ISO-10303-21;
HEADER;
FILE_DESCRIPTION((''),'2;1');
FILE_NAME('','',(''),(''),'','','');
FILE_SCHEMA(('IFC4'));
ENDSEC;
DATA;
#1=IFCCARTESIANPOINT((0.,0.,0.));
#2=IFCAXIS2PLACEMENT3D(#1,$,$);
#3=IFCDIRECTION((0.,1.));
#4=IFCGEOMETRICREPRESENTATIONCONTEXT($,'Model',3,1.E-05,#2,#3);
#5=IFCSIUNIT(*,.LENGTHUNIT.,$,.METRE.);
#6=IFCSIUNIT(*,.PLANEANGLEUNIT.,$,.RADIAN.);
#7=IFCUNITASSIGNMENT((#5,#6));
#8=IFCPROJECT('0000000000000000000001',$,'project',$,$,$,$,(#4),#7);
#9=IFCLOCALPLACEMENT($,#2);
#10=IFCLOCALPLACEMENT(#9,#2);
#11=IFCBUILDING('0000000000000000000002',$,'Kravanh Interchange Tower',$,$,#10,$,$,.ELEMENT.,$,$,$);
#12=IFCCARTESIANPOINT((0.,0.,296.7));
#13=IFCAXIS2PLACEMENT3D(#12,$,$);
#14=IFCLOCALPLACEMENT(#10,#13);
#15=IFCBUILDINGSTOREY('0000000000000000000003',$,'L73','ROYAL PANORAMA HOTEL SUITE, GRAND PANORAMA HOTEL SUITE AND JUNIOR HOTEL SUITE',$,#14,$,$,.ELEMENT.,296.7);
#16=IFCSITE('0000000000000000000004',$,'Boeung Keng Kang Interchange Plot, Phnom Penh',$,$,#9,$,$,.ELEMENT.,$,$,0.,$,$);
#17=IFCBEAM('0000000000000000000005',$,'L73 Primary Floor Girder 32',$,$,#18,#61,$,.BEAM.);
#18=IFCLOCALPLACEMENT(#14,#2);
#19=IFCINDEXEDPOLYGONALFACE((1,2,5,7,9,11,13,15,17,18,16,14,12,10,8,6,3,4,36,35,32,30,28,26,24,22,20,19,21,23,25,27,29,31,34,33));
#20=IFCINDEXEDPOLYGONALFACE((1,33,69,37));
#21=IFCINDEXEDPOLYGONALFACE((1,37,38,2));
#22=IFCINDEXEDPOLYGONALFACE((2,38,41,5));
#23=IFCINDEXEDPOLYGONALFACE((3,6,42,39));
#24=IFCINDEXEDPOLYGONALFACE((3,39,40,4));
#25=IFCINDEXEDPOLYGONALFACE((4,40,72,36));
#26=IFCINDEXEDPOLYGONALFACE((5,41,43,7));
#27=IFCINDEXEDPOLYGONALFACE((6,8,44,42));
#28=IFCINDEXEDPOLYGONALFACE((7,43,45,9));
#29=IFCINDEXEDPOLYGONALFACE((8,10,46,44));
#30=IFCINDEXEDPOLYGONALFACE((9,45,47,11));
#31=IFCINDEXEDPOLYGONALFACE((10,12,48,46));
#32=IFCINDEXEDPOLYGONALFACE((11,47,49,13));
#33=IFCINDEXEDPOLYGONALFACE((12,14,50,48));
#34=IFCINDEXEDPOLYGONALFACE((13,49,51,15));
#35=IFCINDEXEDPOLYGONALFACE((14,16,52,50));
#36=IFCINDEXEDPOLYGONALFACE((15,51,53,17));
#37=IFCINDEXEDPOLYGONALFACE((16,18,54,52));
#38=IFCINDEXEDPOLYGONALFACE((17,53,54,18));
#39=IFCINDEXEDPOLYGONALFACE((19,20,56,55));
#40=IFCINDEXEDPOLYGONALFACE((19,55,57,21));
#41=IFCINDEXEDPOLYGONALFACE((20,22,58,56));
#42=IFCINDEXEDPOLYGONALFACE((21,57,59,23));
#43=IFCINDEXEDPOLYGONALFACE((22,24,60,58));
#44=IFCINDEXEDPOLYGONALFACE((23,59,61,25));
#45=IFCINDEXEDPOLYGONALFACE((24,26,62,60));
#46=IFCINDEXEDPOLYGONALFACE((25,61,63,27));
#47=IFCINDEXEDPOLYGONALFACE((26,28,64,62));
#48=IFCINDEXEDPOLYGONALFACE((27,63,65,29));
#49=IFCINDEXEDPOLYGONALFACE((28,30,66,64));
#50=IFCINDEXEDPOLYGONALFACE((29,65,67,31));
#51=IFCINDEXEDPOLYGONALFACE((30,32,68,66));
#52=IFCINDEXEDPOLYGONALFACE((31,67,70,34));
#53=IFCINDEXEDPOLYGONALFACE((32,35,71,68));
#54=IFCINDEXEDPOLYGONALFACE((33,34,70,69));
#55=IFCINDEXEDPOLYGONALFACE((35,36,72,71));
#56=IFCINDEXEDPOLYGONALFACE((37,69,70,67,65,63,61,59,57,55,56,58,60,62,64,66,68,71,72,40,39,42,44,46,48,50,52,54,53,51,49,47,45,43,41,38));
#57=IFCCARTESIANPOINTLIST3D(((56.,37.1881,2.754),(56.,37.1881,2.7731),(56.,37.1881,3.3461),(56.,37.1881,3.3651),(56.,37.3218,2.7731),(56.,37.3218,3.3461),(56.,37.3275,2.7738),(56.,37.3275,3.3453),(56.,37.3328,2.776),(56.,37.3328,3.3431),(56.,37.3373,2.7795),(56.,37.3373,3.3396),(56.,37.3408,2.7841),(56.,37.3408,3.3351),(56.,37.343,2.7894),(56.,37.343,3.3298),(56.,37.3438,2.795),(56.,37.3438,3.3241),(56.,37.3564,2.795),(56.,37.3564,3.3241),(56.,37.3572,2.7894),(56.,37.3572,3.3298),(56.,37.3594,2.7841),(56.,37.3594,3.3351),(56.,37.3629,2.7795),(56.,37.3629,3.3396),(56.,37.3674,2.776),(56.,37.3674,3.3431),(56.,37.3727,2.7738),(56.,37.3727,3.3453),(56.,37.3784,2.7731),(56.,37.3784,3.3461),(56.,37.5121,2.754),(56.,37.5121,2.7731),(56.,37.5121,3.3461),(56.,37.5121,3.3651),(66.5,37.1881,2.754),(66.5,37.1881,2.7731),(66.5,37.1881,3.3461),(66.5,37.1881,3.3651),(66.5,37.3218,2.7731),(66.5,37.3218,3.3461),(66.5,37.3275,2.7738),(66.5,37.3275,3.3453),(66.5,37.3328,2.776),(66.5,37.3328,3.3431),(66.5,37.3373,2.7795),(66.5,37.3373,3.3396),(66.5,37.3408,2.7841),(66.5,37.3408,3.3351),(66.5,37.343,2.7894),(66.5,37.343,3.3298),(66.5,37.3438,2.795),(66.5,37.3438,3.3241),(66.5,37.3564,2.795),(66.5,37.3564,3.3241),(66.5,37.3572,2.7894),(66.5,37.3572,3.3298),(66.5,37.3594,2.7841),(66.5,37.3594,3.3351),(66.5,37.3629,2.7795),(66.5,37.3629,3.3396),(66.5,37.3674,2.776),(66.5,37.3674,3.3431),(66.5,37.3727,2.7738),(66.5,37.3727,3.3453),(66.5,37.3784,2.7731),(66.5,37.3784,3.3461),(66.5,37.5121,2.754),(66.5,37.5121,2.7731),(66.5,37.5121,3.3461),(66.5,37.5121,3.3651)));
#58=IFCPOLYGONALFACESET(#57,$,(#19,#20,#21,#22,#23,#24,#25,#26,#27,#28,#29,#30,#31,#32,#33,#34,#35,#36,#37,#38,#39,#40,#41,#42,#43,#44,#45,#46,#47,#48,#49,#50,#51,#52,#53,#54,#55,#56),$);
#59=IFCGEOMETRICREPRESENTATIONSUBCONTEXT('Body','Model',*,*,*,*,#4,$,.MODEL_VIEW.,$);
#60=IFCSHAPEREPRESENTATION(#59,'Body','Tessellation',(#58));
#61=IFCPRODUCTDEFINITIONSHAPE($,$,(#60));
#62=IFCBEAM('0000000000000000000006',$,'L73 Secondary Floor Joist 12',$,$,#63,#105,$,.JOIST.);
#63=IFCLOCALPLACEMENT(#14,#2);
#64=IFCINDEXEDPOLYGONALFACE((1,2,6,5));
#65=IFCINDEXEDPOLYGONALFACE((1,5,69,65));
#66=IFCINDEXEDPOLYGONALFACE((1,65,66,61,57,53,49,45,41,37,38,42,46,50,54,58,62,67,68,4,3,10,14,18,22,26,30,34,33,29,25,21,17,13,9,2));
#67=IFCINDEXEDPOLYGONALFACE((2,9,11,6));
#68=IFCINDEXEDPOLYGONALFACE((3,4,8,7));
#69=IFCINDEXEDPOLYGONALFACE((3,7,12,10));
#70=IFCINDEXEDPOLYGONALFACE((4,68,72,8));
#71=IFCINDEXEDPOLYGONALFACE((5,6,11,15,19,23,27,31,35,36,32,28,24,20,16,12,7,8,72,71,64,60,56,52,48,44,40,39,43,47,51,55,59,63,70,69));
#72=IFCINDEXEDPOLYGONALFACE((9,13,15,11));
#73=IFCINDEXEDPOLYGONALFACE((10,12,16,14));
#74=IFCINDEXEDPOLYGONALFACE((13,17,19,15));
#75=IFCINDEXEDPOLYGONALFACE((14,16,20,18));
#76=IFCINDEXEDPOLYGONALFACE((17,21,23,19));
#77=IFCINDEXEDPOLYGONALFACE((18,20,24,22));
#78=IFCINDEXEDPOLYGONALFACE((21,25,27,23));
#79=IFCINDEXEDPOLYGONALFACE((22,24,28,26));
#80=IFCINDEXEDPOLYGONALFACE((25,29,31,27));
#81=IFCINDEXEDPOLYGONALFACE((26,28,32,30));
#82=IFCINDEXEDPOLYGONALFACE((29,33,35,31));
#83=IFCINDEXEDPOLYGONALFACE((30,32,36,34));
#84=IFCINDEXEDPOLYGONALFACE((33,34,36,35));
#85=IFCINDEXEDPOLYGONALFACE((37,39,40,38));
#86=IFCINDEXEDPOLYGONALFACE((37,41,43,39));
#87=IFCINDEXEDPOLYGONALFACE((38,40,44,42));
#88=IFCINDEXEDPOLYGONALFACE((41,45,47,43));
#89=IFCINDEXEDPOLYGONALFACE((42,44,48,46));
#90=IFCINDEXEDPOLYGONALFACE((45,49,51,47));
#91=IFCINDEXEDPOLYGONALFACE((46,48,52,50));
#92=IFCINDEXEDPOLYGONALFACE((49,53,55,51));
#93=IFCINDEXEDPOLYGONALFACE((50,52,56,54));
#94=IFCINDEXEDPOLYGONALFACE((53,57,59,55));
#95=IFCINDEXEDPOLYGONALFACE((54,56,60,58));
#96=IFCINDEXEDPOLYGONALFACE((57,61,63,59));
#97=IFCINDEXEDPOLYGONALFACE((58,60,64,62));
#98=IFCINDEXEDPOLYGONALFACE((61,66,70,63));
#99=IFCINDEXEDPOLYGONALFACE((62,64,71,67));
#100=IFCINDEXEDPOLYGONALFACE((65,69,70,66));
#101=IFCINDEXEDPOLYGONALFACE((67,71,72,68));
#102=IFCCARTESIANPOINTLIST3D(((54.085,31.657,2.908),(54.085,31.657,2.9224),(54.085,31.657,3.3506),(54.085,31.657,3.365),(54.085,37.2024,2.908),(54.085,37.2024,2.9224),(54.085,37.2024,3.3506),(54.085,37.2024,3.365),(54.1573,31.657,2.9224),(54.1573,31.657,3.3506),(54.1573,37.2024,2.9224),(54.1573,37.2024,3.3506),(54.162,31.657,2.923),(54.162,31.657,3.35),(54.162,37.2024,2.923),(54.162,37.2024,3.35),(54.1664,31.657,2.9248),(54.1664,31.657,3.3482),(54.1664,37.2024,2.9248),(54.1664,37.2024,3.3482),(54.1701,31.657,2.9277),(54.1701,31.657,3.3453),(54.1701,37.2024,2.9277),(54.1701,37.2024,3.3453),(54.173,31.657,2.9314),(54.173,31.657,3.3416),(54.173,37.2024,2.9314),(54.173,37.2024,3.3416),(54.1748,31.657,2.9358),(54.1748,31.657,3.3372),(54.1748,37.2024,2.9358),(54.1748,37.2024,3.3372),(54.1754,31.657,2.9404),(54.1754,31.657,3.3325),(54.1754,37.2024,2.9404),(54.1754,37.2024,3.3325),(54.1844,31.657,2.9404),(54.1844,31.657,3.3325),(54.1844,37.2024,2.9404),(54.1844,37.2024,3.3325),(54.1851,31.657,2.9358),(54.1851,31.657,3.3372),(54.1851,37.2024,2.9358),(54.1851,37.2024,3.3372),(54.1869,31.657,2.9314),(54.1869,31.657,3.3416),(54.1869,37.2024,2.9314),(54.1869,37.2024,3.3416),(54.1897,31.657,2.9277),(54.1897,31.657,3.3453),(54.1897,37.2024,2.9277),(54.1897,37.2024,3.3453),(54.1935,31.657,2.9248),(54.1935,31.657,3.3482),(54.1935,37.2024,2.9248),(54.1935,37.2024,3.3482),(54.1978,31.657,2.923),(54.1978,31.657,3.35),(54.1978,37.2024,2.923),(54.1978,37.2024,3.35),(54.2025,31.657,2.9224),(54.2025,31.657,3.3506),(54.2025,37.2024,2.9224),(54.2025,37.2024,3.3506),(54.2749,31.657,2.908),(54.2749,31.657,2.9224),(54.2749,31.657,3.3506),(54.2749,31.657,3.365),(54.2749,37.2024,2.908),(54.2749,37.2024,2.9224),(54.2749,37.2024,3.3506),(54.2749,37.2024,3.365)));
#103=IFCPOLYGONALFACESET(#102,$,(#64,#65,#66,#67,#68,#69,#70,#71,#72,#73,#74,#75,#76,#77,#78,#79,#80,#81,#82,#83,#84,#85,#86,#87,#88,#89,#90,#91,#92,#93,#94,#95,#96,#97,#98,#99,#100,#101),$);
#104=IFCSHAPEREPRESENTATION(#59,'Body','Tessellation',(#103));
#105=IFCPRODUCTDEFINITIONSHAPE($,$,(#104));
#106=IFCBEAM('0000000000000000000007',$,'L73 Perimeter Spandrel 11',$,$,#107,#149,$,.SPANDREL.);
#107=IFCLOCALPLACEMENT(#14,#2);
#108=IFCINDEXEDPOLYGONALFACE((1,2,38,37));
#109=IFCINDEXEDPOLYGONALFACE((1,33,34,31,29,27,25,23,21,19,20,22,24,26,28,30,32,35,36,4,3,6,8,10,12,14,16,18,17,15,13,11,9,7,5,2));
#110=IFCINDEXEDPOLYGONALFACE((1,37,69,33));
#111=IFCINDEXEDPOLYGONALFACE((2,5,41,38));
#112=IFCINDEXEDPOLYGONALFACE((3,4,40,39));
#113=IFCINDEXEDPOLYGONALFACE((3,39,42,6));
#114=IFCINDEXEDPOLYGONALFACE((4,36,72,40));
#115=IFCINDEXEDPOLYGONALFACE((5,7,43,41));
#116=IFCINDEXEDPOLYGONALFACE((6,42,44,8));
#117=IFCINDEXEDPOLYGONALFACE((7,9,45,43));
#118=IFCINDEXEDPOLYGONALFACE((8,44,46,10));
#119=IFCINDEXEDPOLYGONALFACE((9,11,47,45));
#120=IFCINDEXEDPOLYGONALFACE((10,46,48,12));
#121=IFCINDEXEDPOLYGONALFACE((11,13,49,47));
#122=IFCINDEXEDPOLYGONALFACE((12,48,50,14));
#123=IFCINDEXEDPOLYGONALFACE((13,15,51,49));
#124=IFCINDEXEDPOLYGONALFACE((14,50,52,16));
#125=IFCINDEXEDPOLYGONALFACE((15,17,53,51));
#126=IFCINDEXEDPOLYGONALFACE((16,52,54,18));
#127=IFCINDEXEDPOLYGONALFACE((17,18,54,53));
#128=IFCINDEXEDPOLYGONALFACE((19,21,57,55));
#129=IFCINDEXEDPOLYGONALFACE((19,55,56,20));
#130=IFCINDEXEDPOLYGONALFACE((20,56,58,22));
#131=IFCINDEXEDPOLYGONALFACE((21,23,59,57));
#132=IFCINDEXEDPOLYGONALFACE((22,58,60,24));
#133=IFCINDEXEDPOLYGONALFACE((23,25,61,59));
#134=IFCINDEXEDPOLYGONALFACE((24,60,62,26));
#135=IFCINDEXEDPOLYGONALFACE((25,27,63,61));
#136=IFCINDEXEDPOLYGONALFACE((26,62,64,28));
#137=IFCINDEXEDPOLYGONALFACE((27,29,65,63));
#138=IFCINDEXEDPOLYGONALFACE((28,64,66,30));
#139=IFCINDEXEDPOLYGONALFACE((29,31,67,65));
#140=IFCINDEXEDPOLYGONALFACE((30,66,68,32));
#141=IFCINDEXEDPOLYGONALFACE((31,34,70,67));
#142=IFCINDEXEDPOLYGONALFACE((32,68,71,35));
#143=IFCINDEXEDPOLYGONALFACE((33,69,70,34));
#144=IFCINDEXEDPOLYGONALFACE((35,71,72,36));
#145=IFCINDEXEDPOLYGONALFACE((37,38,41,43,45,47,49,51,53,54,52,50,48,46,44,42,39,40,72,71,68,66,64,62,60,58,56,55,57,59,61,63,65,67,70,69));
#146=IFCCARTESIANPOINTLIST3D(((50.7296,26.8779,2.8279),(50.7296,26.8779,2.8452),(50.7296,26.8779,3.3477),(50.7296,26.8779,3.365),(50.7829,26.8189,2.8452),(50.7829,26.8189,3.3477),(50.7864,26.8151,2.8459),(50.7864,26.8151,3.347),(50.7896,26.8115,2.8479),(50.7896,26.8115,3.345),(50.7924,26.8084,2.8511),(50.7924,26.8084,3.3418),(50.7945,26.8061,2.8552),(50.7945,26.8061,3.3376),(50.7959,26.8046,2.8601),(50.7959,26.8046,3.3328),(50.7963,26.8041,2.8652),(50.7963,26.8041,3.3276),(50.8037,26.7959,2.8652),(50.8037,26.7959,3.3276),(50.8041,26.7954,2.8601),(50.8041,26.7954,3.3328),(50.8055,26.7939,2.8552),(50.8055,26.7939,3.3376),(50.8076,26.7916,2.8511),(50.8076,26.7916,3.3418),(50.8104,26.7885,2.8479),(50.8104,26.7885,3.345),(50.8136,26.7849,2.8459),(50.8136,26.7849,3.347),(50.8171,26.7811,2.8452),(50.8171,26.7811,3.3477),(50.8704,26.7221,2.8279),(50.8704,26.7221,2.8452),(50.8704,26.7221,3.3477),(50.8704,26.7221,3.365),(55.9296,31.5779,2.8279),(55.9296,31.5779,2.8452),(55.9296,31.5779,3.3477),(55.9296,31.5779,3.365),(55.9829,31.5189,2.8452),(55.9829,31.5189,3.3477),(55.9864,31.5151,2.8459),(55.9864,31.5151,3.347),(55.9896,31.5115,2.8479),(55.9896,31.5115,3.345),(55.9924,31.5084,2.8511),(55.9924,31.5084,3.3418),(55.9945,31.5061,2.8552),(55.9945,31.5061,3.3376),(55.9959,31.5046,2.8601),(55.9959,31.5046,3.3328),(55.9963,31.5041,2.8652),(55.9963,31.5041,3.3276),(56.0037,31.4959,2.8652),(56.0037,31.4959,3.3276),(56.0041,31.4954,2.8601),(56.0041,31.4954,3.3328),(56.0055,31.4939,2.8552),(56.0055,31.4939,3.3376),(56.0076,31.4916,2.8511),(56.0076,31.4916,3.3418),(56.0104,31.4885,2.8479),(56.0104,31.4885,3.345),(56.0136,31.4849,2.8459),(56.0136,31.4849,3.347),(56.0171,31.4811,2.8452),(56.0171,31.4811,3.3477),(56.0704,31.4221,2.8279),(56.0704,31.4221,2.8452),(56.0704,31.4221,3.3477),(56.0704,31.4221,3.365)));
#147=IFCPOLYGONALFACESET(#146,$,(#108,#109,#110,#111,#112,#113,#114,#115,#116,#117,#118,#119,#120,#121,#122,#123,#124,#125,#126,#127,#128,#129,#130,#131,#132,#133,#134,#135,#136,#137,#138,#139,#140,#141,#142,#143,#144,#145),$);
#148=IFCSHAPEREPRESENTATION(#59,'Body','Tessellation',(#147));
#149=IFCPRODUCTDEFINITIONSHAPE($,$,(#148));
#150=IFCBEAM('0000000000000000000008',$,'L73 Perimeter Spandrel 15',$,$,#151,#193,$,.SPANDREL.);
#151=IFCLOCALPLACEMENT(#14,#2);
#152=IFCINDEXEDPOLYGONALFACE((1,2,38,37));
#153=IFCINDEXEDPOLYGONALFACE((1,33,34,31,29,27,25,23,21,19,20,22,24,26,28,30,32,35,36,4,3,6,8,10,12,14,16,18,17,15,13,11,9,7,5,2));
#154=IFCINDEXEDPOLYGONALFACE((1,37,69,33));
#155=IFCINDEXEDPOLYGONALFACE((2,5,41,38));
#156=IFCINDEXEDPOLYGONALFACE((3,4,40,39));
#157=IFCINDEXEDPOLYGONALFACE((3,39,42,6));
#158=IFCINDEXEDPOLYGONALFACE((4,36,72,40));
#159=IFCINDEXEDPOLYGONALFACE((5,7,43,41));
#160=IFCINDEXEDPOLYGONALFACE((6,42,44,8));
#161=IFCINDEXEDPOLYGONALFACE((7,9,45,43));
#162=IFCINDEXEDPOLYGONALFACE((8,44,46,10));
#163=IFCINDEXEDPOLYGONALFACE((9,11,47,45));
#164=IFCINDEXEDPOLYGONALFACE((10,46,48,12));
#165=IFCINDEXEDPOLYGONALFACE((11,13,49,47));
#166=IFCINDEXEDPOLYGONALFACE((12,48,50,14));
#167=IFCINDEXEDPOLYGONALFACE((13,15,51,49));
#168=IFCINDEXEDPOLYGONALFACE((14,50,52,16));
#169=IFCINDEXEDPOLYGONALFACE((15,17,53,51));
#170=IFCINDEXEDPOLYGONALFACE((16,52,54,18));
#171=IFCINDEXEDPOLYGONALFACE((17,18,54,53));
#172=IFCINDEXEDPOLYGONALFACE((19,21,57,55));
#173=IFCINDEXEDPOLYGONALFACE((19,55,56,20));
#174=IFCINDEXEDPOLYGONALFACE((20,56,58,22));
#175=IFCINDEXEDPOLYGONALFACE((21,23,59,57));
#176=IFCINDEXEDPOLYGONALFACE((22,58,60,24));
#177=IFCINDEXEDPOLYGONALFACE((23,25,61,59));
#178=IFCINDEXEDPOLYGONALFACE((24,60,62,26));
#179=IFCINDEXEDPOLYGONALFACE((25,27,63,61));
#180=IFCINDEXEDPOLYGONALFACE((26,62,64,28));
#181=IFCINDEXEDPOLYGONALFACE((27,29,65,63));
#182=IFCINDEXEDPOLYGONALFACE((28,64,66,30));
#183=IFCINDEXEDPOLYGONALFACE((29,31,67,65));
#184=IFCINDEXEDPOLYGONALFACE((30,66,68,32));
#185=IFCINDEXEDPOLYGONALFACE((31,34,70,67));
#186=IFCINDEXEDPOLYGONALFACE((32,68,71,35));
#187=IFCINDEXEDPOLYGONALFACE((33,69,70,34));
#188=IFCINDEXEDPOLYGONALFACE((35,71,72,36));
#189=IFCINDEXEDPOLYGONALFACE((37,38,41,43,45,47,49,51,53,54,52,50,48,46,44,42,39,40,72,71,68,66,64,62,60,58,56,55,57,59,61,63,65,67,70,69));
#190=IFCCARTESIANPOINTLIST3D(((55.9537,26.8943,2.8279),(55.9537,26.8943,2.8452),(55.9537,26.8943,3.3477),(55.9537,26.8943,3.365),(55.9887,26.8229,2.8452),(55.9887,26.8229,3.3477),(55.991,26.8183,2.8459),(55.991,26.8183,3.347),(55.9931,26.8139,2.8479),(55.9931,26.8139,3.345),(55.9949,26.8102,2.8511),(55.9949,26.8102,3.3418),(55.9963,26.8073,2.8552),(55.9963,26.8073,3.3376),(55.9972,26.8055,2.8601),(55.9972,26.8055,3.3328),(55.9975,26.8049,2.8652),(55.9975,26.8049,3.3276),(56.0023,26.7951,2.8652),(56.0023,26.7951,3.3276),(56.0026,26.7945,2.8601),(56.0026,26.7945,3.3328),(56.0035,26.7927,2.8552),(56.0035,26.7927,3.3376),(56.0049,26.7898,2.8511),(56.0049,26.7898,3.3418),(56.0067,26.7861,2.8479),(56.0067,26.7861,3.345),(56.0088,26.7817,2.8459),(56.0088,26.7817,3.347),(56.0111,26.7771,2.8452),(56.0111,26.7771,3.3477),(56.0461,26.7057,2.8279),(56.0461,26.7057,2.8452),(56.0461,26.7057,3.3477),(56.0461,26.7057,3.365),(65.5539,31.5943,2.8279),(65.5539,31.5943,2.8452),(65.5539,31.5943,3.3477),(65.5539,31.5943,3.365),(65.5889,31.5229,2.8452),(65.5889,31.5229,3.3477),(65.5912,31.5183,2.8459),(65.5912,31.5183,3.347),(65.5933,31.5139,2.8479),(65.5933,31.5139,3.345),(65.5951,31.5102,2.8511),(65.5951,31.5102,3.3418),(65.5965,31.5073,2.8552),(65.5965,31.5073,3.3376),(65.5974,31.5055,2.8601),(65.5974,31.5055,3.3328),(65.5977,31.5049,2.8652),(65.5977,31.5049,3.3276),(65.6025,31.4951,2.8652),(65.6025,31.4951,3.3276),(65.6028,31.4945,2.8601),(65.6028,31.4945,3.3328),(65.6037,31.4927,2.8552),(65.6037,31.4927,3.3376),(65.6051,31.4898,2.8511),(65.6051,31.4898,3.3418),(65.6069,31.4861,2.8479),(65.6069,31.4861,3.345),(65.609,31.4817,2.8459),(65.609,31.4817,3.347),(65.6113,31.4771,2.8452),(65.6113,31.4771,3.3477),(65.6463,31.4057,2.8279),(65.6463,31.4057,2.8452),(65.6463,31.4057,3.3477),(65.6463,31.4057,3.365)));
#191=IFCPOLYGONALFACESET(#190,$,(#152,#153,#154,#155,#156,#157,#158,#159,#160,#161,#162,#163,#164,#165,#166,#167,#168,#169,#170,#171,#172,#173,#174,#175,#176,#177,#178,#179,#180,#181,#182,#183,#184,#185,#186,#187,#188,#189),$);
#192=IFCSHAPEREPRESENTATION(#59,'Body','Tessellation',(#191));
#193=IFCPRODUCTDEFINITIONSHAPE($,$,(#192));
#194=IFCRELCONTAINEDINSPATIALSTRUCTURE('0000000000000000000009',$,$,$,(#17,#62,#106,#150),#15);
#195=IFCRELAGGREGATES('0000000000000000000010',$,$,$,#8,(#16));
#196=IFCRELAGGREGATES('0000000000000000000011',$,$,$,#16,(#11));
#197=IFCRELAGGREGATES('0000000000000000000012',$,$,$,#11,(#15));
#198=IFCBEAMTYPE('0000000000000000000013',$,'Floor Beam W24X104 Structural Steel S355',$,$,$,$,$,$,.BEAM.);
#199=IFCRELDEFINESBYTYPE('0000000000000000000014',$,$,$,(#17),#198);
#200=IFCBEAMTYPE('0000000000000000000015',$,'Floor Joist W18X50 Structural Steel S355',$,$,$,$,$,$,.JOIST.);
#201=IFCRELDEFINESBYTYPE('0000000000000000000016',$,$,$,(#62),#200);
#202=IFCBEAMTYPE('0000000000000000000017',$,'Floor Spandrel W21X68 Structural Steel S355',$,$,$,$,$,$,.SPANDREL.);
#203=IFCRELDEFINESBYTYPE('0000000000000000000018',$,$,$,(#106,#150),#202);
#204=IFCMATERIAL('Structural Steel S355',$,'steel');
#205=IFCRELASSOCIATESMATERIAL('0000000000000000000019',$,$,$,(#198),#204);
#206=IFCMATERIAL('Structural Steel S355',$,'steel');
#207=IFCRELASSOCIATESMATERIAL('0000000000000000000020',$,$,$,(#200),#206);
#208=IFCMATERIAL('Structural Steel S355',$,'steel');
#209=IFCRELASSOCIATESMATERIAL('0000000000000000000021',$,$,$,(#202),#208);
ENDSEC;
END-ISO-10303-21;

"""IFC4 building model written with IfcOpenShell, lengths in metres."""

from ifc_helpers import new_model, si_unit, direction, frame, origin, origin_2d, place, context, subcontext, project, spatial, i_section, extrude, material, material_profile, profile_set, type_object, element, save


model = new_model("IFC4")

# Units and contexts
model_context = context("Model", 3, precision=1e-05, world=origin(), true_north=direction((0.0, 1.0)))
body_context = subcontext(model_context, "Body", "Model", "MODEL_VIEW")
ifc_project = project(units=[si_unit("LENGTHUNIT", "METRE"), si_unit("PLANEANGLEUNIT", "RADIAN")], contexts=[model_context])

# Site, building, storey
site_placement = place(None, origin())
site = spatial("IfcSite", under=ifc_project, at=site_placement, Name="Boeung Keng Kang Interchange Plot, Phnom Penh", CompositionType="ELEMENT", RefElevation=0.0)
building_placement = place(site_placement, origin())
building = spatial("IfcBuilding", under=site, at=building_placement, Name="Kravanh Interchange Tower", CompositionType="ELEMENT")
storey_placement = place(building_placement, frame((0.0, 0.0, 296.7)))
storey = spatial("IfcBuildingStorey", under=building, at=storey_placement, Name="L73", Description="ROYAL PANORAMA HOTEL SUITE, GRAND PANORAMA HOTEL SUITE AND JUNIOR HOTEL SUITE", CompositionType="ELEMENT", Elevation=296.7)

# Beams
ifc_material_1 = material(Name="Structural Steel S355", Category="steel")
ifc_material_profile_1 = material_profile(ifc_material_1, i_section(OverallWidth=0.324, OverallDepth=0.6111, WebThickness=0.0127, FlangeThickness=0.019, FilletRadius=0.022, at=origin_2d()), Name="W24X104")
ifc_profile_set_1 = profile_set([ifc_material_profile_1], Name="Structural Steel S355")
beam_type_1 = type_object("IfcBeamType", Name="Floor Beam W24X104 Structural Steel S355", PredefinedType="BEAM", material=ifc_profile_set_1)
beam_1_placement = place(storey_placement, frame((66.5, 37.3501, 3.0596), z_axis=(-1.0, 0.0, 0.0), x_axis=(0.0, -1.0, 0.0)))
element("IfcBeam", 1, at=beam_1_placement, inside=storey, type_object=beam_type_1, Name="L73 Primary Floor Girder 32", PredefinedType="BEAM", context=body_context, shape_type="SweptSolid", body=[
    extrude(i_section(OverallWidth=0.324, OverallDepth=0.6111, WebThickness=0.0127, FlangeThickness=0.019, FilletRadius=0.022, at=origin_2d()), origin(), (0.0, 0.0, 1.0), 10.5),
])
ifc_material_2 = material(Name="Structural Steel S355", Category="steel")
ifc_material_profile_2 = material_profile(ifc_material_2, i_section(OverallWidth=0.1899, OverallDepth=0.457, WebThickness=0.009, FlangeThickness=0.0144, FilletRadius=0.0181, at=origin_2d()), Name="W18X50")
ifc_profile_set_2 = profile_set([ifc_material_profile_2], Name="Structural Steel S355")
beam_type_2 = type_object("IfcBeamType", Name="Floor Joist W18X50 Structural Steel S355", PredefinedType="JOIST", material=ifc_profile_set_2)
beam_2_placement = place(storey_placement, frame((54.1799, 31.657, 3.1365), z_axis=(0.0, 1.0, 0.0), x_axis=(-1.0, 0.0, 0.0)))
element("IfcBeam", 2, at=beam_2_placement, inside=storey, type_object=beam_type_2, Name="L73 Secondary Floor Joist 12", PredefinedType="JOIST", context=body_context, shape_type="SweptSolid", body=[
    extrude(i_section(OverallWidth=0.1899, OverallDepth=0.457, WebThickness=0.009, FlangeThickness=0.0144, FilletRadius=0.0181, at=origin_2d()), origin(), (0.0, 0.0, 1.0), 5.5454),
])
ifc_material_3 = material(Name="Structural Steel S355", Category="steel")
ifc_material_profile_3 = material_profile(ifc_material_3, i_section(OverallWidth=0.21, OverallDepth=0.5371, WebThickness=0.011, FlangeThickness=0.0173, FilletRadius=0.02, at=origin_2d()), Name="W21X68")
ifc_profile_set_3 = profile_set([ifc_material_profile_3], Name="Structural Steel S355")
beam_type_3 = type_object("IfcBeamType", Name="Floor Spandrel W21X68 Structural Steel S355", PredefinedType="SPANDREL", material=ifc_profile_set_3)
beam_3_placement = place(storey_placement, frame((56.0, 31.5, 3.0964), z_axis=(-0.741874, -0.670539, 0.0), x_axis=(0.670539, -0.741874, 0.0)))
element("IfcBeam", 3, at=beam_3_placement, inside=storey, type_object=beam_type_3, Name="L73 Perimeter Spandrel 11", PredefinedType="SPANDREL", context=body_context, shape_type="SweptSolid", body=[
    extrude(i_section(OverallWidth=0.21, OverallDepth=0.5371, WebThickness=0.011, FlangeThickness=0.0173, FilletRadius=0.02, at=origin_2d()), origin(), (0.0, 0.0, 1.0), 7.0093),
])
beam_4_placement = place(storey_placement, frame((65.6001, 31.5, 3.0964), z_axis=(-0.898142, -0.439706, 0.0), x_axis=(0.439706, -0.898142, 0.0)))
element("IfcBeam", 4, at=beam_4_placement, inside=storey, type_object=beam_type_3, Name="L73 Perimeter Spandrel 15", PredefinedType="SPANDREL", context=body_context, shape_type="SweptSolid", body=[
    extrude(i_section(OverallWidth=0.21, OverallDepth=0.5371, WebThickness=0.011, FlangeThickness=0.0173, FilletRadius=0.02, at=origin_2d()), origin(), (0.0, 0.0, 1.0), 10.689),
])

save(model, "model.ifc")
